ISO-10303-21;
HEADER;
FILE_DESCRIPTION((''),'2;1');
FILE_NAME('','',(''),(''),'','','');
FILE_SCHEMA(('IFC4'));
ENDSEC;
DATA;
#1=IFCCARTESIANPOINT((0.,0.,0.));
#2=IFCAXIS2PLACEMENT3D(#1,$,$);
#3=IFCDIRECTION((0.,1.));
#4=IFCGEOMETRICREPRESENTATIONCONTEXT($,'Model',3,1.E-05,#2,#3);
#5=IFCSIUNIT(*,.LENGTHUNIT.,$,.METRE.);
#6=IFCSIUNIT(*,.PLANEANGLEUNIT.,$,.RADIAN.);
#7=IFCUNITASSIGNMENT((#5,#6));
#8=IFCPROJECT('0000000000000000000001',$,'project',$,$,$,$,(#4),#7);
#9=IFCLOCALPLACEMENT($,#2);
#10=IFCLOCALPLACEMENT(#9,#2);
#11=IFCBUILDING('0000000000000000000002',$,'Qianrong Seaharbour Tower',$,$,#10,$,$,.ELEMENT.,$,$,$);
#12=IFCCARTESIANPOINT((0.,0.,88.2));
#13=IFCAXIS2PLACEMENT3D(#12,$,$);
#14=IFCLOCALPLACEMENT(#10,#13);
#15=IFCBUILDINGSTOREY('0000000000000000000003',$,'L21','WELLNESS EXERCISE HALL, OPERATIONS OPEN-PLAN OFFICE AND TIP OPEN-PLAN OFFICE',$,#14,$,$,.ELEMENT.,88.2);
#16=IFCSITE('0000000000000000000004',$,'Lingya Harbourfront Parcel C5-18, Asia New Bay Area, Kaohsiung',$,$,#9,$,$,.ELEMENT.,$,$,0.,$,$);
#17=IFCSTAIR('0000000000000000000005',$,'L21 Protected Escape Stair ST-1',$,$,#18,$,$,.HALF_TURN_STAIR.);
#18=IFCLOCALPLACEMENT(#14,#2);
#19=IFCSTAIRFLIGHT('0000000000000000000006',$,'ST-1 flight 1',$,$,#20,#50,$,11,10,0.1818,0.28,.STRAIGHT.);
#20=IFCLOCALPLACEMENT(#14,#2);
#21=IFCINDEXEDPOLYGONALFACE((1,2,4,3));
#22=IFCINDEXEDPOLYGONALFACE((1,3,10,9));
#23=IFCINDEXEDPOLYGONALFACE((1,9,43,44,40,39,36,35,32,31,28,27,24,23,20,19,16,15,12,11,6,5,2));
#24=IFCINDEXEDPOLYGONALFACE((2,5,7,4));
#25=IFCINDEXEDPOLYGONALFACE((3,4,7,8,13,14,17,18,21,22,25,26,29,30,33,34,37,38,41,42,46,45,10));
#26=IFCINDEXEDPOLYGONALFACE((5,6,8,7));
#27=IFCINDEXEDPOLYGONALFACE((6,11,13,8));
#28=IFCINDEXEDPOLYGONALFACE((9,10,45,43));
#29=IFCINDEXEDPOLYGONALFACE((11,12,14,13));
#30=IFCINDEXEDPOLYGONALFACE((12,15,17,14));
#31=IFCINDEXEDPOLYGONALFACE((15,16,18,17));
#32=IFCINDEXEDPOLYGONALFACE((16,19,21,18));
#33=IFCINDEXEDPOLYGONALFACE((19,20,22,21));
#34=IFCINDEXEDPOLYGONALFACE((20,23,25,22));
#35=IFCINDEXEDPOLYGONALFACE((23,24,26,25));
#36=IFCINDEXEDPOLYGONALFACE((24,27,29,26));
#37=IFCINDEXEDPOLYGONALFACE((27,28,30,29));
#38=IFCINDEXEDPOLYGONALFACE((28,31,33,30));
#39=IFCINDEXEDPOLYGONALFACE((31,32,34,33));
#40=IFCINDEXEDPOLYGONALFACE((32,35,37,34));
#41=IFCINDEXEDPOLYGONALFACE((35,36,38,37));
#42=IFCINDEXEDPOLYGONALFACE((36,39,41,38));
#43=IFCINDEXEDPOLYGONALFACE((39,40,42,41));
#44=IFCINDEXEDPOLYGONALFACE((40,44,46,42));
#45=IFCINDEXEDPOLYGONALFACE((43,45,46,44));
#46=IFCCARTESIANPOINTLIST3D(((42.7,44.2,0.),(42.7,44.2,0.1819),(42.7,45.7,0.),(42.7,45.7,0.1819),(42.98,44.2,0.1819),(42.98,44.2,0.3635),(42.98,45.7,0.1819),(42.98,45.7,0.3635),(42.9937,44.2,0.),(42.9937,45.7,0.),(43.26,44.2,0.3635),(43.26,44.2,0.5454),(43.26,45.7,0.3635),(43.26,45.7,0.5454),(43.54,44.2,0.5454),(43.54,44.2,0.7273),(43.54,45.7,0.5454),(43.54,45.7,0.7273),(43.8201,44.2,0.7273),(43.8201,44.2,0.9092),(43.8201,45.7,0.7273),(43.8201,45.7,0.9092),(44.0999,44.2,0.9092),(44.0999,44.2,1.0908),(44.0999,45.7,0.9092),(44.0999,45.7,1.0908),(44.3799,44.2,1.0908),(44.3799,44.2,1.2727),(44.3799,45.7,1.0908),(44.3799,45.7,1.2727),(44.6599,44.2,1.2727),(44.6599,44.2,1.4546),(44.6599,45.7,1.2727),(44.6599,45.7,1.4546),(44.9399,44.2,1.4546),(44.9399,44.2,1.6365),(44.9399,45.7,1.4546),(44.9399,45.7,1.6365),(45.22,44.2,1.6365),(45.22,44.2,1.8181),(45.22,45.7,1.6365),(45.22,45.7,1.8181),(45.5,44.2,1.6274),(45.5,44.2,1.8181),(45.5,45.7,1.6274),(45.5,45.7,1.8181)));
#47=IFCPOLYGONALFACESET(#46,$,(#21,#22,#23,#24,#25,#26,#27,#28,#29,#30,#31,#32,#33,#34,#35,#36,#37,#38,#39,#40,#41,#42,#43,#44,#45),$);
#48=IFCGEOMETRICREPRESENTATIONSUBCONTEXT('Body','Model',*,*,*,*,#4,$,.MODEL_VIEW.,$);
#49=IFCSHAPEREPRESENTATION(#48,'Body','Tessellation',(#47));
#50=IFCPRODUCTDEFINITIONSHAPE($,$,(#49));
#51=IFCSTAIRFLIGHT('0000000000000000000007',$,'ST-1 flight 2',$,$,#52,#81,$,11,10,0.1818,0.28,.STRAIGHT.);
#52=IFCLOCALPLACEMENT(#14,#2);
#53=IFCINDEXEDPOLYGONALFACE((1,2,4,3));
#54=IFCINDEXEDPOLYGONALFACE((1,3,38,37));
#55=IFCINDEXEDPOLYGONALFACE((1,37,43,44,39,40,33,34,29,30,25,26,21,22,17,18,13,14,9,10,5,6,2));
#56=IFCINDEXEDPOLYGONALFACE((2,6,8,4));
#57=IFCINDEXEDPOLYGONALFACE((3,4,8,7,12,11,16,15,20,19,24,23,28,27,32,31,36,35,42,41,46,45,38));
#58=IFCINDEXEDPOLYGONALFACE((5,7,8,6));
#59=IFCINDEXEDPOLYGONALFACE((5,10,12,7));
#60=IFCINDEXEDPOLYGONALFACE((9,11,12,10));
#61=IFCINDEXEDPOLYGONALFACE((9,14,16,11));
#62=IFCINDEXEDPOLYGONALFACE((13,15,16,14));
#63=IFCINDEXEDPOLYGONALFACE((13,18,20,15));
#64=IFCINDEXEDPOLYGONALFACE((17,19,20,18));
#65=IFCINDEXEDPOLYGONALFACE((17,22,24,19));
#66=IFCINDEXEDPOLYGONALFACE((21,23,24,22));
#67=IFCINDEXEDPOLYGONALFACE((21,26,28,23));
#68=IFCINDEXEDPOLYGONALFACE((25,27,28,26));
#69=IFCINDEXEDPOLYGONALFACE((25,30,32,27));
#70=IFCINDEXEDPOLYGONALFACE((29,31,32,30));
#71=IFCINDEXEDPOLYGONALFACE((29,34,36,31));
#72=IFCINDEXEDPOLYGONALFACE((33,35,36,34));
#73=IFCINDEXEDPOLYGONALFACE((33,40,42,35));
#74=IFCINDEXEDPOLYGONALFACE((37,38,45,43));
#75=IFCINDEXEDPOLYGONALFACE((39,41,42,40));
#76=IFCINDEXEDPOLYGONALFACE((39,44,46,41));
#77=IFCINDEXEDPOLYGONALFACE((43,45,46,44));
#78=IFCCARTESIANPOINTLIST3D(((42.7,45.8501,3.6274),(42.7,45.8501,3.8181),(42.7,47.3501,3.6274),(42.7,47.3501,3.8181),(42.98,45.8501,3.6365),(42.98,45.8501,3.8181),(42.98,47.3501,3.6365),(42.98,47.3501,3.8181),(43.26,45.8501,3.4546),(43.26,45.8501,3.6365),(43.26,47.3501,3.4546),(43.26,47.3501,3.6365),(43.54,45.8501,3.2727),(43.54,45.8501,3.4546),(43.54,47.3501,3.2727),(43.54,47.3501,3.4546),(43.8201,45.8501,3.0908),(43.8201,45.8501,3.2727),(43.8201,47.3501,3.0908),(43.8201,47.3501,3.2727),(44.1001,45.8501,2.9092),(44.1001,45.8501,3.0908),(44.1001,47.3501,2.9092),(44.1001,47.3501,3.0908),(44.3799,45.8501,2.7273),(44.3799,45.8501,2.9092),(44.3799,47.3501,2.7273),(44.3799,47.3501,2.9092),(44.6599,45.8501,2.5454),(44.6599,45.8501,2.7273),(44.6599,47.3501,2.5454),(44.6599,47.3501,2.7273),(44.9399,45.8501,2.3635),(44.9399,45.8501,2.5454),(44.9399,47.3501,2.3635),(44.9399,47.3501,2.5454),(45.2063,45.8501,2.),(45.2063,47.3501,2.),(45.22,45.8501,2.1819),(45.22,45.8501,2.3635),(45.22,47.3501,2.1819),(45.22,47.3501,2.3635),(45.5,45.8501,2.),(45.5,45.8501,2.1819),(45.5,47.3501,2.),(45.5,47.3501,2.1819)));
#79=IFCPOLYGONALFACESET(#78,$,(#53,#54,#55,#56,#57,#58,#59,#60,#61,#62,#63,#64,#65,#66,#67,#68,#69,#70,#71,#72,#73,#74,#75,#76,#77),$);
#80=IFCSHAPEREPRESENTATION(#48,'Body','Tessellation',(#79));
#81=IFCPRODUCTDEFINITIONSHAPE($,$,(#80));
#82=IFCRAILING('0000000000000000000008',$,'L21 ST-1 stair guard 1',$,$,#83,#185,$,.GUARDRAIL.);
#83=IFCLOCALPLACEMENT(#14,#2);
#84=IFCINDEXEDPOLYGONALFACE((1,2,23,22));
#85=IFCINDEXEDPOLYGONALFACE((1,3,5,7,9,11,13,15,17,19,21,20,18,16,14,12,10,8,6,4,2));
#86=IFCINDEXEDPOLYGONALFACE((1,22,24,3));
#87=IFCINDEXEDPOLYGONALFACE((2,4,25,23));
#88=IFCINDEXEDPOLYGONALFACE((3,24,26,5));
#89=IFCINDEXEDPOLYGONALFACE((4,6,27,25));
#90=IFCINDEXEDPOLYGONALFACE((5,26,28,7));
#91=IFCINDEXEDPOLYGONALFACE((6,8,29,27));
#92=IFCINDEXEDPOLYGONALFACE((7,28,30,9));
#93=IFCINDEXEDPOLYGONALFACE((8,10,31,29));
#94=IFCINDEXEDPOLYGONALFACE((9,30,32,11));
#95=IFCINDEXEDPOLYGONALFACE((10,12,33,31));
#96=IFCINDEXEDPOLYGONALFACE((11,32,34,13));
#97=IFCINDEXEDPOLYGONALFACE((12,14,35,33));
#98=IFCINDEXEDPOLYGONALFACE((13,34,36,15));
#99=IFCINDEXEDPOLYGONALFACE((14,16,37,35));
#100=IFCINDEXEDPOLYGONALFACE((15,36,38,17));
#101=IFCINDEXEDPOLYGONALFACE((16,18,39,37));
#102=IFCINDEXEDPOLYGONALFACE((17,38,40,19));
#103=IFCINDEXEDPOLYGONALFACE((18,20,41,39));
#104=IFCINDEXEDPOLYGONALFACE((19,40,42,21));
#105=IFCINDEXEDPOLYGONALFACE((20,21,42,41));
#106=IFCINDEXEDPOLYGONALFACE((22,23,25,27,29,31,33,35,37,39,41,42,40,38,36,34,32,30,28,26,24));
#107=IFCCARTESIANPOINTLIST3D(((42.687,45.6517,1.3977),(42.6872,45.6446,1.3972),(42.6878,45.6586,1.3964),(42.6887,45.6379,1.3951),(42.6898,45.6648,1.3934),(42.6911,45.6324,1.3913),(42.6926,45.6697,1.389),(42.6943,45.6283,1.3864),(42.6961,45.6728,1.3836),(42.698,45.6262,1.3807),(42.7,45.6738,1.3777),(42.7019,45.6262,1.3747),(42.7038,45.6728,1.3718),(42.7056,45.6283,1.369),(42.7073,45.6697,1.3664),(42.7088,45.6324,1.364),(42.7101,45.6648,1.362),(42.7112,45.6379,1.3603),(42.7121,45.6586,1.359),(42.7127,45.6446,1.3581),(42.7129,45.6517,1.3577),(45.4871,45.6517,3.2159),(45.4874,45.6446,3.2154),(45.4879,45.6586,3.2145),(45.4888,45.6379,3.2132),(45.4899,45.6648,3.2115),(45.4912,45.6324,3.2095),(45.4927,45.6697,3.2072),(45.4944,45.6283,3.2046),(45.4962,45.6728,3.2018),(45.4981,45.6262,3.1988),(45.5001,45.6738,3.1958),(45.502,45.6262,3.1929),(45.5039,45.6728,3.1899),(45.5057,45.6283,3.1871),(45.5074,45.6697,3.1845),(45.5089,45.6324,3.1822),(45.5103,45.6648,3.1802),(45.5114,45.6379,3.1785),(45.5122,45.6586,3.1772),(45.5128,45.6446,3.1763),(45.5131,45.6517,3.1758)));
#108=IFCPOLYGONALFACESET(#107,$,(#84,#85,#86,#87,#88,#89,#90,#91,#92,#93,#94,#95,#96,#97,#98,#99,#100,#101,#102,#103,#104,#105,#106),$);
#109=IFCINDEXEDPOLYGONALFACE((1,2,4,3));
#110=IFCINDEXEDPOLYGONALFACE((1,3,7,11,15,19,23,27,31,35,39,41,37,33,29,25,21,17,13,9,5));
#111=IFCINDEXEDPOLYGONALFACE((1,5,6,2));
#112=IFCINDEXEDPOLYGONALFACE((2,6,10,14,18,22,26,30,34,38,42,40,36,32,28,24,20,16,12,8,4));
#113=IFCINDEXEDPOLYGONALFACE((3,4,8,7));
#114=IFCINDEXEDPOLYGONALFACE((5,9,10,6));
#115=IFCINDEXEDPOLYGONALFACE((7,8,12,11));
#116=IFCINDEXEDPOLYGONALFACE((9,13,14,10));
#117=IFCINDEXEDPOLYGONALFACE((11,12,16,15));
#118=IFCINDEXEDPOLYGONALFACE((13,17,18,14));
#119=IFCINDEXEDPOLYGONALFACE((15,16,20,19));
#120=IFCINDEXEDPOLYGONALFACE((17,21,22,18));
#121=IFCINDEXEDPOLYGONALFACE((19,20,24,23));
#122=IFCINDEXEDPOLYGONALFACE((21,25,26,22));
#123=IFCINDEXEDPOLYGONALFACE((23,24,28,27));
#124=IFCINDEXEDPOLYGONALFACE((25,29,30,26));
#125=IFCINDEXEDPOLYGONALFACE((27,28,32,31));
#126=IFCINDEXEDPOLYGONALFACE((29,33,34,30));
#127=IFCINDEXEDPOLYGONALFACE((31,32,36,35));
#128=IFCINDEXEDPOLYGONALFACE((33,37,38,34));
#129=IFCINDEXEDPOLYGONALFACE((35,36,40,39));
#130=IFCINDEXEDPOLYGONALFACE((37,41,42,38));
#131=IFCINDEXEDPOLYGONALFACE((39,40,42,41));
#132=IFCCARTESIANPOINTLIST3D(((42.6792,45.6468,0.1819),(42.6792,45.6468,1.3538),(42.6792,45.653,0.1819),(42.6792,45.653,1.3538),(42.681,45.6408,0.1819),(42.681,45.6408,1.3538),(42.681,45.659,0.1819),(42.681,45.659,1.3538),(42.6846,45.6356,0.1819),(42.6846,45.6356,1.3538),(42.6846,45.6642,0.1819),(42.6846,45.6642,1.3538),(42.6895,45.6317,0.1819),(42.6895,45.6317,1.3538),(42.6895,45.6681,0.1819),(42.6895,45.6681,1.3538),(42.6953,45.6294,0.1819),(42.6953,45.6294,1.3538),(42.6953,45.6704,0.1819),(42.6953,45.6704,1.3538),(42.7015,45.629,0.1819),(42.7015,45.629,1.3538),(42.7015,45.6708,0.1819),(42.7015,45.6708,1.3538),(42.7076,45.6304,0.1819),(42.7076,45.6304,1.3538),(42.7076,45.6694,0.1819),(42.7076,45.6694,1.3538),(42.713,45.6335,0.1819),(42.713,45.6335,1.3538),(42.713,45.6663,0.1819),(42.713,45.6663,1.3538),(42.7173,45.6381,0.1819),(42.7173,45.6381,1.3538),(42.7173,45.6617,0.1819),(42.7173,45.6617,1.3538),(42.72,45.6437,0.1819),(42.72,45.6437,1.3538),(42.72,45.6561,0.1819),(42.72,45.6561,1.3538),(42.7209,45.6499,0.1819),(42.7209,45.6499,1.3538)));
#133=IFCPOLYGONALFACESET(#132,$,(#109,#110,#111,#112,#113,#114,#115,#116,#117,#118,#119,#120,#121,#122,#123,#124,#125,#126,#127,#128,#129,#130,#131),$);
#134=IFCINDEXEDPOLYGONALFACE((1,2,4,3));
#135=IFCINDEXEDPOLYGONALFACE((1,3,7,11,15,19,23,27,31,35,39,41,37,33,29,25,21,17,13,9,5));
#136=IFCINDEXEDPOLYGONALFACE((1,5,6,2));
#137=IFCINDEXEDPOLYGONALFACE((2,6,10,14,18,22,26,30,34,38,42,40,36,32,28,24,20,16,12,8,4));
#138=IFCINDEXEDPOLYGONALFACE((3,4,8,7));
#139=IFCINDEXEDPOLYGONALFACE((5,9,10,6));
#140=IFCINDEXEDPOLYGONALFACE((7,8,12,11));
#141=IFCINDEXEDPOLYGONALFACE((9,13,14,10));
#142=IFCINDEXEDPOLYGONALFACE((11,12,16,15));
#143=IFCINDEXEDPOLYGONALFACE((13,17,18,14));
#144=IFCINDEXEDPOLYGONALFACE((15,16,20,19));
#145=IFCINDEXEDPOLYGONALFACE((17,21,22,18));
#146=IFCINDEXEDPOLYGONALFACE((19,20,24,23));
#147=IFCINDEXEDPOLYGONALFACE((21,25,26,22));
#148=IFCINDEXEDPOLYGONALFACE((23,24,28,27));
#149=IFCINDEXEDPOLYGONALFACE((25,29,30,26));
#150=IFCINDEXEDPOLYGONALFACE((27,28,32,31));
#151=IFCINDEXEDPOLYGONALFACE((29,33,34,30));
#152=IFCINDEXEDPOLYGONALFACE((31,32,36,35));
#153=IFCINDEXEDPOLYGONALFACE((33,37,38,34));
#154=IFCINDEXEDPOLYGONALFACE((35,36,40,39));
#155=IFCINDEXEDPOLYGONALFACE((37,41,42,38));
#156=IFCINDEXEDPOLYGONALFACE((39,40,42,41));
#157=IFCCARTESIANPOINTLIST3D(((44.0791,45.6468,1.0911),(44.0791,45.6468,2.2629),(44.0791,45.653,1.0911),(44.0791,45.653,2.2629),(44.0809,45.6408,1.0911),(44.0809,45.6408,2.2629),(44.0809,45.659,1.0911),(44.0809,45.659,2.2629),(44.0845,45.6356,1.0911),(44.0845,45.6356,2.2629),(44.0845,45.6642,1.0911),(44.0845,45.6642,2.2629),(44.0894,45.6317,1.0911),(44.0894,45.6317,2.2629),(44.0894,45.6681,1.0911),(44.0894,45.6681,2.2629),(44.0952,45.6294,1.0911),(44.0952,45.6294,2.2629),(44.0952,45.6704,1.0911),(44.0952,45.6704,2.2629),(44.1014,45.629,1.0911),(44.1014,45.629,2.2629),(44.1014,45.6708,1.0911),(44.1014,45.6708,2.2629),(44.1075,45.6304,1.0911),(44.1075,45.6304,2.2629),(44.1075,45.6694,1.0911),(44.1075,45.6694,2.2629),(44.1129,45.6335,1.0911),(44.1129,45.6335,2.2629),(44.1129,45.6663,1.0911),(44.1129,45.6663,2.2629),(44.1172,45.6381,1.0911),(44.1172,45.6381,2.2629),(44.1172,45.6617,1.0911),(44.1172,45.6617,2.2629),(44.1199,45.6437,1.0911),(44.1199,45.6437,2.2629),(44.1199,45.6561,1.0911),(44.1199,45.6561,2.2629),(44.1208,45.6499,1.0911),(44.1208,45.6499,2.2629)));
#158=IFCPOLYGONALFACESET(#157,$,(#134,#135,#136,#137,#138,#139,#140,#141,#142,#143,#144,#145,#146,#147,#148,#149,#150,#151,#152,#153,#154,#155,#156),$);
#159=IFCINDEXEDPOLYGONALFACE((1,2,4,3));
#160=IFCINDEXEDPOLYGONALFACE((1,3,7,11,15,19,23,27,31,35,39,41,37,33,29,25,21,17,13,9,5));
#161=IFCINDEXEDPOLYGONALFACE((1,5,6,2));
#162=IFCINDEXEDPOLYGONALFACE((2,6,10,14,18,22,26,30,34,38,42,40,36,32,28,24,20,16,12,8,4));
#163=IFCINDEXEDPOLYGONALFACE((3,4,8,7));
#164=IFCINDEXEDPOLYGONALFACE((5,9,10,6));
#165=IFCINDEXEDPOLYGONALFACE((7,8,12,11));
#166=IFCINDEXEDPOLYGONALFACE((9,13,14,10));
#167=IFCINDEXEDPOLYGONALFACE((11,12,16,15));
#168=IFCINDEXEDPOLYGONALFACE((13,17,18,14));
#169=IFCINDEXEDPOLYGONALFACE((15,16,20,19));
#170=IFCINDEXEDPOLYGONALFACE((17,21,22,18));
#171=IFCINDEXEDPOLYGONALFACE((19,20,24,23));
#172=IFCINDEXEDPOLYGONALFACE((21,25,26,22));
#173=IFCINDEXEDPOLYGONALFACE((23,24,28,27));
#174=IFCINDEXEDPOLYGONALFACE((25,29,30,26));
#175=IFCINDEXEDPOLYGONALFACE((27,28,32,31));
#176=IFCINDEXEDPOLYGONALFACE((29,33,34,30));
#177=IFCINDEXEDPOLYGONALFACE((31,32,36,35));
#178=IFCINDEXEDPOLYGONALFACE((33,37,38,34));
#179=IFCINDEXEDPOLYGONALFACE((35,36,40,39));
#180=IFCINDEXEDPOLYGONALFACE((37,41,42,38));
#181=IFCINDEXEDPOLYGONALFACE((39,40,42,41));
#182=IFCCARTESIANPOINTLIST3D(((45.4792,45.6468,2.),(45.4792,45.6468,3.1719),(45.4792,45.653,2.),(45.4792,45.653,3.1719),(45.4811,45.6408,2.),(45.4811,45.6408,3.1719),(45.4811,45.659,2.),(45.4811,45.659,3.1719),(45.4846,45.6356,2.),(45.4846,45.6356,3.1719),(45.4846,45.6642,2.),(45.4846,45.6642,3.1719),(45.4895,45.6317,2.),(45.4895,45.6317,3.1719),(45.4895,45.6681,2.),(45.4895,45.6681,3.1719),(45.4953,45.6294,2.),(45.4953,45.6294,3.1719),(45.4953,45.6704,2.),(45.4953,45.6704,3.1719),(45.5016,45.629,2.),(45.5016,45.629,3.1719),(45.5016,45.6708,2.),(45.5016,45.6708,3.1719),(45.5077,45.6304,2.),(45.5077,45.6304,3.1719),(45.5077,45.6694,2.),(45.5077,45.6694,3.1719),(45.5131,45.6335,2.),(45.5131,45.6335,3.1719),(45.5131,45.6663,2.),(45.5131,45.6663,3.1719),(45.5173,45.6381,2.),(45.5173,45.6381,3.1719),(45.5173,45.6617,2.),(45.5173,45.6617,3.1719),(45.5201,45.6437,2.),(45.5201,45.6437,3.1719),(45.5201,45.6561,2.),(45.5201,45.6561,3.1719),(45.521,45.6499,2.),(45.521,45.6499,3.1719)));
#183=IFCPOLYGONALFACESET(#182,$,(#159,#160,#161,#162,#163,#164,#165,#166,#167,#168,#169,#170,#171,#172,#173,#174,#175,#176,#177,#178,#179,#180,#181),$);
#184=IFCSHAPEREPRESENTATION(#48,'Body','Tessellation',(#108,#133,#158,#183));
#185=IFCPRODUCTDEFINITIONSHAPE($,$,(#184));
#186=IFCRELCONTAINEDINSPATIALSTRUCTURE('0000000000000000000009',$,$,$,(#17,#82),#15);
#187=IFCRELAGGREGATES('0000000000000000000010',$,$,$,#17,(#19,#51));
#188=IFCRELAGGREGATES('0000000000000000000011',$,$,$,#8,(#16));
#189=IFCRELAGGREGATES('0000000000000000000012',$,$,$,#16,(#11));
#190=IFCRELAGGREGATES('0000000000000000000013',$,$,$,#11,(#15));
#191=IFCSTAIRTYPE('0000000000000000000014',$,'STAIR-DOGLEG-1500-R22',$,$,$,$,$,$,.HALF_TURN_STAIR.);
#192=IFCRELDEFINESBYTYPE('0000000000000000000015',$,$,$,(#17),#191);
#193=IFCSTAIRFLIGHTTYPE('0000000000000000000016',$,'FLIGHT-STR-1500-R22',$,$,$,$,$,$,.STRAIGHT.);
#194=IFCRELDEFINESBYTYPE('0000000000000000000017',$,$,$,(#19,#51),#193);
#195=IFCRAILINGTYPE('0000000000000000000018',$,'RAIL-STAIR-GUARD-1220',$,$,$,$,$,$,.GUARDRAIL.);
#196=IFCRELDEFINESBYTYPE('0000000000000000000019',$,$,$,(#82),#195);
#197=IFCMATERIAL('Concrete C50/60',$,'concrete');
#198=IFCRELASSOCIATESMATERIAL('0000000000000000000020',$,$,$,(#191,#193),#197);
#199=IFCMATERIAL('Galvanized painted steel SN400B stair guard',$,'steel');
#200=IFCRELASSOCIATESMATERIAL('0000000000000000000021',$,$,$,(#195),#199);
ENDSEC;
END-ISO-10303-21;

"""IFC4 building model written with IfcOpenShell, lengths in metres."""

from ifc_helpers import new_model, si_unit, direction, frame, origin, origin_2d, place, context, subcontext, project, spatial, polyline, circle, outline, extrude, material, type_object, element, aggregate, save


model = new_model("IFC4")

# Units and contexts
model_context = context("Model", 3, precision=1e-05, world=origin(), true_north=direction((0.0, 1.0)))
body_context = subcontext(model_context, "Body", "Model", "MODEL_VIEW")
ifc_project = project(units=[si_unit("LENGTHUNIT", "METRE"), si_unit("PLANEANGLEUNIT", "RADIAN")], contexts=[model_context])

# Site, building, storey
site_placement = place(None, origin())
site = spatial("IfcSite", under=ifc_project, at=site_placement, Name="Lingya Harbourfront Parcel C5-18, Asia New Bay Area, Kaohsiung", CompositionType="ELEMENT", RefElevation=0.0)
building_placement = place(site_placement, origin())
building = spatial("IfcBuilding", under=site, at=building_placement, Name="Qianrong Seaharbour Tower", CompositionType="ELEMENT")
storey_placement = place(building_placement, frame((0.0, 0.0, 88.2)))
storey = spatial("IfcBuildingStorey", under=building, at=storey_placement, Name="L21", Description="WELLNESS EXERCISE HALL, OPERATIONS OPEN-PLAN OFFICE AND TIP OPEN-PLAN OFFICE", CompositionType="ELEMENT", Elevation=88.2)

# Shared definitions
ifc_material_1 = material(Name="Concrete C50/60", Category="concrete")

# Stair, stair flights
stair_type = type_object("IfcStairType", Name="STAIR-DOGLEG-1500-R22", PredefinedType="HALF_TURN_STAIR", material=ifc_material_1)
stair_placement = place(storey_placement, origin())
stair = element("IfcStair", 1, at=stair_placement, inside=storey, type_object=stair_type, Name="L21 Protected Escape Stair ST-1", PredefinedType="HALF_TURN_STAIR")
stair_flight_type = type_object("IfcStairFlightType", Name="FLIGHT-STR-1500-R22", PredefinedType="STRAIGHT", material=ifc_material_1)
stair_flight_1_placement = place(storey_placement, frame((42.7, 44.95, 0.0), z_axis=(0.0, 0.0, 1.0), x_axis=(1.0, 0.0, 0.0)))
stair_flight_1 = element("IfcStairFlight", 2, at=stair_flight_1_placement, type_object=stair_flight_type, Name="ST-1 flight 1", NumberOfRisers=11, NumberOfTreads=10, PredefinedType="STRAIGHT", RiserHeight=0.1818, TreadLength=0.28, context=body_context, shape_type="SweptSolid", body=[
    extrude(outline(polyline([(0.0, 0.0), (0.0, 0.1819), (0.28, 0.1819), (0.28, 0.3635), (0.5601, 0.3635), (0.5601, 0.5454), (0.8401, 0.5454), (0.8401, 0.7273), (1.1201, 0.7273), (1.1201, 0.9092), (1.3999, 0.9092), (1.3999, 1.0908), (1.6799, 1.0908), (1.6799, 1.2727), (1.96, 1.2727), (1.96, 1.4546), (2.24, 1.4546), (2.24, 1.6365), (2.52, 1.6365), (2.52, 1.8181), (2.8, 1.8181), (2.8, 2.0), (2.8, 1.6274), (0.2937, 0.0), (0.0, 0.0)])), frame((0.0, 0.75, 0.0), z_axis=(0.0, -1.0, 0.0), x_axis=(1.0, 0.0, 0.0)), (0.0, 0.0, 1.0), 1.5),
])
stair_flight_2_placement = place(storey_placement, frame((45.5, 46.6001, 2.0), z_axis=(0.0, 0.0, 1.0), x_axis=(-1.0, 0.0, 0.0)))
stair_flight_2 = element("IfcStairFlight", 3, at=stair_flight_2_placement, type_object=stair_flight_type, Name="ST-1 flight 2", NumberOfRisers=11, NumberOfTreads=10, PredefinedType="STRAIGHT", RiserHeight=0.1818, TreadLength=0.28, context=body_context, shape_type="SweptSolid", body=[
    extrude(outline(polyline([(0.0, 0.0), (0.0, 0.1819), (0.28, 0.1819), (0.28, 0.3635), (0.5601, 0.3635), (0.5601, 0.5454), (0.8401, 0.5454), (0.8401, 0.7273), (1.1201, 0.7273), (1.1201, 0.9092), (1.3999, 0.9092), (1.3999, 1.0908), (1.6799, 1.0908), (1.6799, 1.2727), (1.96, 1.2727), (1.96, 1.4546), (2.24, 1.4546), (2.24, 1.6365), (2.52, 1.6365), (2.52, 1.8181), (2.8, 1.8181), (2.8, 2.0), (2.8, 1.6274), (0.2937, 0.0), (0.0, 0.0)])), frame((0.0, 0.75, 0.0), z_axis=(0.0, -1.0, 0.0), x_axis=(1.0, 0.0, 0.0)), (0.0, 0.0, 1.0), 1.5),
])
aggregate(stair, [stair_flight_1, stair_flight_2])

# Railing
ifc_material_2 = material(Name="Galvanized painted steel SN400B stair guard", Category="steel")
railing_type_1 = type_object("IfcRailingType", Name="RAIL-STAIR-GUARD-1220", PredefinedType="GUARDRAIL", material=ifc_material_2)
railing_1_placement = place(storey_placement, frame((42.7, 45.6499, 0.1819)))
element("IfcRailing", 4, at=railing_1_placement, inside=storey, type_object=railing_type_1, Name="L21 ST-1 stair guard 1", PredefinedType="GUARDRAIL", context=body_context, shape_type="SweptSolid", body=[
    extrude(circle(Radius=0.0239, at=origin_2d()), frame((0.0, 0.0, 1.1958), z_axis=(0.838706, 0.0, 0.544585), x_axis=(0.0, 1.0, 0.0)), (0.0, 0.0, 1.0), 3.3386),
    extrude(circle(Radius=0.021, at=origin_2d()), origin(), (0.0, 0.0, 1.0), 1.1719),
    extrude(circle(Radius=0.021, at=origin_2d()), frame((1.3999, 0.0, 0.9092)), (0.0, 0.0, 1.0), 1.1719),
    extrude(circle(Radius=0.021, at=origin_2d()), frame((2.8, 0.0, 1.8181)), (0.0, 0.0, 1.0), 1.1719),
])

save(model, "model.ifc")
